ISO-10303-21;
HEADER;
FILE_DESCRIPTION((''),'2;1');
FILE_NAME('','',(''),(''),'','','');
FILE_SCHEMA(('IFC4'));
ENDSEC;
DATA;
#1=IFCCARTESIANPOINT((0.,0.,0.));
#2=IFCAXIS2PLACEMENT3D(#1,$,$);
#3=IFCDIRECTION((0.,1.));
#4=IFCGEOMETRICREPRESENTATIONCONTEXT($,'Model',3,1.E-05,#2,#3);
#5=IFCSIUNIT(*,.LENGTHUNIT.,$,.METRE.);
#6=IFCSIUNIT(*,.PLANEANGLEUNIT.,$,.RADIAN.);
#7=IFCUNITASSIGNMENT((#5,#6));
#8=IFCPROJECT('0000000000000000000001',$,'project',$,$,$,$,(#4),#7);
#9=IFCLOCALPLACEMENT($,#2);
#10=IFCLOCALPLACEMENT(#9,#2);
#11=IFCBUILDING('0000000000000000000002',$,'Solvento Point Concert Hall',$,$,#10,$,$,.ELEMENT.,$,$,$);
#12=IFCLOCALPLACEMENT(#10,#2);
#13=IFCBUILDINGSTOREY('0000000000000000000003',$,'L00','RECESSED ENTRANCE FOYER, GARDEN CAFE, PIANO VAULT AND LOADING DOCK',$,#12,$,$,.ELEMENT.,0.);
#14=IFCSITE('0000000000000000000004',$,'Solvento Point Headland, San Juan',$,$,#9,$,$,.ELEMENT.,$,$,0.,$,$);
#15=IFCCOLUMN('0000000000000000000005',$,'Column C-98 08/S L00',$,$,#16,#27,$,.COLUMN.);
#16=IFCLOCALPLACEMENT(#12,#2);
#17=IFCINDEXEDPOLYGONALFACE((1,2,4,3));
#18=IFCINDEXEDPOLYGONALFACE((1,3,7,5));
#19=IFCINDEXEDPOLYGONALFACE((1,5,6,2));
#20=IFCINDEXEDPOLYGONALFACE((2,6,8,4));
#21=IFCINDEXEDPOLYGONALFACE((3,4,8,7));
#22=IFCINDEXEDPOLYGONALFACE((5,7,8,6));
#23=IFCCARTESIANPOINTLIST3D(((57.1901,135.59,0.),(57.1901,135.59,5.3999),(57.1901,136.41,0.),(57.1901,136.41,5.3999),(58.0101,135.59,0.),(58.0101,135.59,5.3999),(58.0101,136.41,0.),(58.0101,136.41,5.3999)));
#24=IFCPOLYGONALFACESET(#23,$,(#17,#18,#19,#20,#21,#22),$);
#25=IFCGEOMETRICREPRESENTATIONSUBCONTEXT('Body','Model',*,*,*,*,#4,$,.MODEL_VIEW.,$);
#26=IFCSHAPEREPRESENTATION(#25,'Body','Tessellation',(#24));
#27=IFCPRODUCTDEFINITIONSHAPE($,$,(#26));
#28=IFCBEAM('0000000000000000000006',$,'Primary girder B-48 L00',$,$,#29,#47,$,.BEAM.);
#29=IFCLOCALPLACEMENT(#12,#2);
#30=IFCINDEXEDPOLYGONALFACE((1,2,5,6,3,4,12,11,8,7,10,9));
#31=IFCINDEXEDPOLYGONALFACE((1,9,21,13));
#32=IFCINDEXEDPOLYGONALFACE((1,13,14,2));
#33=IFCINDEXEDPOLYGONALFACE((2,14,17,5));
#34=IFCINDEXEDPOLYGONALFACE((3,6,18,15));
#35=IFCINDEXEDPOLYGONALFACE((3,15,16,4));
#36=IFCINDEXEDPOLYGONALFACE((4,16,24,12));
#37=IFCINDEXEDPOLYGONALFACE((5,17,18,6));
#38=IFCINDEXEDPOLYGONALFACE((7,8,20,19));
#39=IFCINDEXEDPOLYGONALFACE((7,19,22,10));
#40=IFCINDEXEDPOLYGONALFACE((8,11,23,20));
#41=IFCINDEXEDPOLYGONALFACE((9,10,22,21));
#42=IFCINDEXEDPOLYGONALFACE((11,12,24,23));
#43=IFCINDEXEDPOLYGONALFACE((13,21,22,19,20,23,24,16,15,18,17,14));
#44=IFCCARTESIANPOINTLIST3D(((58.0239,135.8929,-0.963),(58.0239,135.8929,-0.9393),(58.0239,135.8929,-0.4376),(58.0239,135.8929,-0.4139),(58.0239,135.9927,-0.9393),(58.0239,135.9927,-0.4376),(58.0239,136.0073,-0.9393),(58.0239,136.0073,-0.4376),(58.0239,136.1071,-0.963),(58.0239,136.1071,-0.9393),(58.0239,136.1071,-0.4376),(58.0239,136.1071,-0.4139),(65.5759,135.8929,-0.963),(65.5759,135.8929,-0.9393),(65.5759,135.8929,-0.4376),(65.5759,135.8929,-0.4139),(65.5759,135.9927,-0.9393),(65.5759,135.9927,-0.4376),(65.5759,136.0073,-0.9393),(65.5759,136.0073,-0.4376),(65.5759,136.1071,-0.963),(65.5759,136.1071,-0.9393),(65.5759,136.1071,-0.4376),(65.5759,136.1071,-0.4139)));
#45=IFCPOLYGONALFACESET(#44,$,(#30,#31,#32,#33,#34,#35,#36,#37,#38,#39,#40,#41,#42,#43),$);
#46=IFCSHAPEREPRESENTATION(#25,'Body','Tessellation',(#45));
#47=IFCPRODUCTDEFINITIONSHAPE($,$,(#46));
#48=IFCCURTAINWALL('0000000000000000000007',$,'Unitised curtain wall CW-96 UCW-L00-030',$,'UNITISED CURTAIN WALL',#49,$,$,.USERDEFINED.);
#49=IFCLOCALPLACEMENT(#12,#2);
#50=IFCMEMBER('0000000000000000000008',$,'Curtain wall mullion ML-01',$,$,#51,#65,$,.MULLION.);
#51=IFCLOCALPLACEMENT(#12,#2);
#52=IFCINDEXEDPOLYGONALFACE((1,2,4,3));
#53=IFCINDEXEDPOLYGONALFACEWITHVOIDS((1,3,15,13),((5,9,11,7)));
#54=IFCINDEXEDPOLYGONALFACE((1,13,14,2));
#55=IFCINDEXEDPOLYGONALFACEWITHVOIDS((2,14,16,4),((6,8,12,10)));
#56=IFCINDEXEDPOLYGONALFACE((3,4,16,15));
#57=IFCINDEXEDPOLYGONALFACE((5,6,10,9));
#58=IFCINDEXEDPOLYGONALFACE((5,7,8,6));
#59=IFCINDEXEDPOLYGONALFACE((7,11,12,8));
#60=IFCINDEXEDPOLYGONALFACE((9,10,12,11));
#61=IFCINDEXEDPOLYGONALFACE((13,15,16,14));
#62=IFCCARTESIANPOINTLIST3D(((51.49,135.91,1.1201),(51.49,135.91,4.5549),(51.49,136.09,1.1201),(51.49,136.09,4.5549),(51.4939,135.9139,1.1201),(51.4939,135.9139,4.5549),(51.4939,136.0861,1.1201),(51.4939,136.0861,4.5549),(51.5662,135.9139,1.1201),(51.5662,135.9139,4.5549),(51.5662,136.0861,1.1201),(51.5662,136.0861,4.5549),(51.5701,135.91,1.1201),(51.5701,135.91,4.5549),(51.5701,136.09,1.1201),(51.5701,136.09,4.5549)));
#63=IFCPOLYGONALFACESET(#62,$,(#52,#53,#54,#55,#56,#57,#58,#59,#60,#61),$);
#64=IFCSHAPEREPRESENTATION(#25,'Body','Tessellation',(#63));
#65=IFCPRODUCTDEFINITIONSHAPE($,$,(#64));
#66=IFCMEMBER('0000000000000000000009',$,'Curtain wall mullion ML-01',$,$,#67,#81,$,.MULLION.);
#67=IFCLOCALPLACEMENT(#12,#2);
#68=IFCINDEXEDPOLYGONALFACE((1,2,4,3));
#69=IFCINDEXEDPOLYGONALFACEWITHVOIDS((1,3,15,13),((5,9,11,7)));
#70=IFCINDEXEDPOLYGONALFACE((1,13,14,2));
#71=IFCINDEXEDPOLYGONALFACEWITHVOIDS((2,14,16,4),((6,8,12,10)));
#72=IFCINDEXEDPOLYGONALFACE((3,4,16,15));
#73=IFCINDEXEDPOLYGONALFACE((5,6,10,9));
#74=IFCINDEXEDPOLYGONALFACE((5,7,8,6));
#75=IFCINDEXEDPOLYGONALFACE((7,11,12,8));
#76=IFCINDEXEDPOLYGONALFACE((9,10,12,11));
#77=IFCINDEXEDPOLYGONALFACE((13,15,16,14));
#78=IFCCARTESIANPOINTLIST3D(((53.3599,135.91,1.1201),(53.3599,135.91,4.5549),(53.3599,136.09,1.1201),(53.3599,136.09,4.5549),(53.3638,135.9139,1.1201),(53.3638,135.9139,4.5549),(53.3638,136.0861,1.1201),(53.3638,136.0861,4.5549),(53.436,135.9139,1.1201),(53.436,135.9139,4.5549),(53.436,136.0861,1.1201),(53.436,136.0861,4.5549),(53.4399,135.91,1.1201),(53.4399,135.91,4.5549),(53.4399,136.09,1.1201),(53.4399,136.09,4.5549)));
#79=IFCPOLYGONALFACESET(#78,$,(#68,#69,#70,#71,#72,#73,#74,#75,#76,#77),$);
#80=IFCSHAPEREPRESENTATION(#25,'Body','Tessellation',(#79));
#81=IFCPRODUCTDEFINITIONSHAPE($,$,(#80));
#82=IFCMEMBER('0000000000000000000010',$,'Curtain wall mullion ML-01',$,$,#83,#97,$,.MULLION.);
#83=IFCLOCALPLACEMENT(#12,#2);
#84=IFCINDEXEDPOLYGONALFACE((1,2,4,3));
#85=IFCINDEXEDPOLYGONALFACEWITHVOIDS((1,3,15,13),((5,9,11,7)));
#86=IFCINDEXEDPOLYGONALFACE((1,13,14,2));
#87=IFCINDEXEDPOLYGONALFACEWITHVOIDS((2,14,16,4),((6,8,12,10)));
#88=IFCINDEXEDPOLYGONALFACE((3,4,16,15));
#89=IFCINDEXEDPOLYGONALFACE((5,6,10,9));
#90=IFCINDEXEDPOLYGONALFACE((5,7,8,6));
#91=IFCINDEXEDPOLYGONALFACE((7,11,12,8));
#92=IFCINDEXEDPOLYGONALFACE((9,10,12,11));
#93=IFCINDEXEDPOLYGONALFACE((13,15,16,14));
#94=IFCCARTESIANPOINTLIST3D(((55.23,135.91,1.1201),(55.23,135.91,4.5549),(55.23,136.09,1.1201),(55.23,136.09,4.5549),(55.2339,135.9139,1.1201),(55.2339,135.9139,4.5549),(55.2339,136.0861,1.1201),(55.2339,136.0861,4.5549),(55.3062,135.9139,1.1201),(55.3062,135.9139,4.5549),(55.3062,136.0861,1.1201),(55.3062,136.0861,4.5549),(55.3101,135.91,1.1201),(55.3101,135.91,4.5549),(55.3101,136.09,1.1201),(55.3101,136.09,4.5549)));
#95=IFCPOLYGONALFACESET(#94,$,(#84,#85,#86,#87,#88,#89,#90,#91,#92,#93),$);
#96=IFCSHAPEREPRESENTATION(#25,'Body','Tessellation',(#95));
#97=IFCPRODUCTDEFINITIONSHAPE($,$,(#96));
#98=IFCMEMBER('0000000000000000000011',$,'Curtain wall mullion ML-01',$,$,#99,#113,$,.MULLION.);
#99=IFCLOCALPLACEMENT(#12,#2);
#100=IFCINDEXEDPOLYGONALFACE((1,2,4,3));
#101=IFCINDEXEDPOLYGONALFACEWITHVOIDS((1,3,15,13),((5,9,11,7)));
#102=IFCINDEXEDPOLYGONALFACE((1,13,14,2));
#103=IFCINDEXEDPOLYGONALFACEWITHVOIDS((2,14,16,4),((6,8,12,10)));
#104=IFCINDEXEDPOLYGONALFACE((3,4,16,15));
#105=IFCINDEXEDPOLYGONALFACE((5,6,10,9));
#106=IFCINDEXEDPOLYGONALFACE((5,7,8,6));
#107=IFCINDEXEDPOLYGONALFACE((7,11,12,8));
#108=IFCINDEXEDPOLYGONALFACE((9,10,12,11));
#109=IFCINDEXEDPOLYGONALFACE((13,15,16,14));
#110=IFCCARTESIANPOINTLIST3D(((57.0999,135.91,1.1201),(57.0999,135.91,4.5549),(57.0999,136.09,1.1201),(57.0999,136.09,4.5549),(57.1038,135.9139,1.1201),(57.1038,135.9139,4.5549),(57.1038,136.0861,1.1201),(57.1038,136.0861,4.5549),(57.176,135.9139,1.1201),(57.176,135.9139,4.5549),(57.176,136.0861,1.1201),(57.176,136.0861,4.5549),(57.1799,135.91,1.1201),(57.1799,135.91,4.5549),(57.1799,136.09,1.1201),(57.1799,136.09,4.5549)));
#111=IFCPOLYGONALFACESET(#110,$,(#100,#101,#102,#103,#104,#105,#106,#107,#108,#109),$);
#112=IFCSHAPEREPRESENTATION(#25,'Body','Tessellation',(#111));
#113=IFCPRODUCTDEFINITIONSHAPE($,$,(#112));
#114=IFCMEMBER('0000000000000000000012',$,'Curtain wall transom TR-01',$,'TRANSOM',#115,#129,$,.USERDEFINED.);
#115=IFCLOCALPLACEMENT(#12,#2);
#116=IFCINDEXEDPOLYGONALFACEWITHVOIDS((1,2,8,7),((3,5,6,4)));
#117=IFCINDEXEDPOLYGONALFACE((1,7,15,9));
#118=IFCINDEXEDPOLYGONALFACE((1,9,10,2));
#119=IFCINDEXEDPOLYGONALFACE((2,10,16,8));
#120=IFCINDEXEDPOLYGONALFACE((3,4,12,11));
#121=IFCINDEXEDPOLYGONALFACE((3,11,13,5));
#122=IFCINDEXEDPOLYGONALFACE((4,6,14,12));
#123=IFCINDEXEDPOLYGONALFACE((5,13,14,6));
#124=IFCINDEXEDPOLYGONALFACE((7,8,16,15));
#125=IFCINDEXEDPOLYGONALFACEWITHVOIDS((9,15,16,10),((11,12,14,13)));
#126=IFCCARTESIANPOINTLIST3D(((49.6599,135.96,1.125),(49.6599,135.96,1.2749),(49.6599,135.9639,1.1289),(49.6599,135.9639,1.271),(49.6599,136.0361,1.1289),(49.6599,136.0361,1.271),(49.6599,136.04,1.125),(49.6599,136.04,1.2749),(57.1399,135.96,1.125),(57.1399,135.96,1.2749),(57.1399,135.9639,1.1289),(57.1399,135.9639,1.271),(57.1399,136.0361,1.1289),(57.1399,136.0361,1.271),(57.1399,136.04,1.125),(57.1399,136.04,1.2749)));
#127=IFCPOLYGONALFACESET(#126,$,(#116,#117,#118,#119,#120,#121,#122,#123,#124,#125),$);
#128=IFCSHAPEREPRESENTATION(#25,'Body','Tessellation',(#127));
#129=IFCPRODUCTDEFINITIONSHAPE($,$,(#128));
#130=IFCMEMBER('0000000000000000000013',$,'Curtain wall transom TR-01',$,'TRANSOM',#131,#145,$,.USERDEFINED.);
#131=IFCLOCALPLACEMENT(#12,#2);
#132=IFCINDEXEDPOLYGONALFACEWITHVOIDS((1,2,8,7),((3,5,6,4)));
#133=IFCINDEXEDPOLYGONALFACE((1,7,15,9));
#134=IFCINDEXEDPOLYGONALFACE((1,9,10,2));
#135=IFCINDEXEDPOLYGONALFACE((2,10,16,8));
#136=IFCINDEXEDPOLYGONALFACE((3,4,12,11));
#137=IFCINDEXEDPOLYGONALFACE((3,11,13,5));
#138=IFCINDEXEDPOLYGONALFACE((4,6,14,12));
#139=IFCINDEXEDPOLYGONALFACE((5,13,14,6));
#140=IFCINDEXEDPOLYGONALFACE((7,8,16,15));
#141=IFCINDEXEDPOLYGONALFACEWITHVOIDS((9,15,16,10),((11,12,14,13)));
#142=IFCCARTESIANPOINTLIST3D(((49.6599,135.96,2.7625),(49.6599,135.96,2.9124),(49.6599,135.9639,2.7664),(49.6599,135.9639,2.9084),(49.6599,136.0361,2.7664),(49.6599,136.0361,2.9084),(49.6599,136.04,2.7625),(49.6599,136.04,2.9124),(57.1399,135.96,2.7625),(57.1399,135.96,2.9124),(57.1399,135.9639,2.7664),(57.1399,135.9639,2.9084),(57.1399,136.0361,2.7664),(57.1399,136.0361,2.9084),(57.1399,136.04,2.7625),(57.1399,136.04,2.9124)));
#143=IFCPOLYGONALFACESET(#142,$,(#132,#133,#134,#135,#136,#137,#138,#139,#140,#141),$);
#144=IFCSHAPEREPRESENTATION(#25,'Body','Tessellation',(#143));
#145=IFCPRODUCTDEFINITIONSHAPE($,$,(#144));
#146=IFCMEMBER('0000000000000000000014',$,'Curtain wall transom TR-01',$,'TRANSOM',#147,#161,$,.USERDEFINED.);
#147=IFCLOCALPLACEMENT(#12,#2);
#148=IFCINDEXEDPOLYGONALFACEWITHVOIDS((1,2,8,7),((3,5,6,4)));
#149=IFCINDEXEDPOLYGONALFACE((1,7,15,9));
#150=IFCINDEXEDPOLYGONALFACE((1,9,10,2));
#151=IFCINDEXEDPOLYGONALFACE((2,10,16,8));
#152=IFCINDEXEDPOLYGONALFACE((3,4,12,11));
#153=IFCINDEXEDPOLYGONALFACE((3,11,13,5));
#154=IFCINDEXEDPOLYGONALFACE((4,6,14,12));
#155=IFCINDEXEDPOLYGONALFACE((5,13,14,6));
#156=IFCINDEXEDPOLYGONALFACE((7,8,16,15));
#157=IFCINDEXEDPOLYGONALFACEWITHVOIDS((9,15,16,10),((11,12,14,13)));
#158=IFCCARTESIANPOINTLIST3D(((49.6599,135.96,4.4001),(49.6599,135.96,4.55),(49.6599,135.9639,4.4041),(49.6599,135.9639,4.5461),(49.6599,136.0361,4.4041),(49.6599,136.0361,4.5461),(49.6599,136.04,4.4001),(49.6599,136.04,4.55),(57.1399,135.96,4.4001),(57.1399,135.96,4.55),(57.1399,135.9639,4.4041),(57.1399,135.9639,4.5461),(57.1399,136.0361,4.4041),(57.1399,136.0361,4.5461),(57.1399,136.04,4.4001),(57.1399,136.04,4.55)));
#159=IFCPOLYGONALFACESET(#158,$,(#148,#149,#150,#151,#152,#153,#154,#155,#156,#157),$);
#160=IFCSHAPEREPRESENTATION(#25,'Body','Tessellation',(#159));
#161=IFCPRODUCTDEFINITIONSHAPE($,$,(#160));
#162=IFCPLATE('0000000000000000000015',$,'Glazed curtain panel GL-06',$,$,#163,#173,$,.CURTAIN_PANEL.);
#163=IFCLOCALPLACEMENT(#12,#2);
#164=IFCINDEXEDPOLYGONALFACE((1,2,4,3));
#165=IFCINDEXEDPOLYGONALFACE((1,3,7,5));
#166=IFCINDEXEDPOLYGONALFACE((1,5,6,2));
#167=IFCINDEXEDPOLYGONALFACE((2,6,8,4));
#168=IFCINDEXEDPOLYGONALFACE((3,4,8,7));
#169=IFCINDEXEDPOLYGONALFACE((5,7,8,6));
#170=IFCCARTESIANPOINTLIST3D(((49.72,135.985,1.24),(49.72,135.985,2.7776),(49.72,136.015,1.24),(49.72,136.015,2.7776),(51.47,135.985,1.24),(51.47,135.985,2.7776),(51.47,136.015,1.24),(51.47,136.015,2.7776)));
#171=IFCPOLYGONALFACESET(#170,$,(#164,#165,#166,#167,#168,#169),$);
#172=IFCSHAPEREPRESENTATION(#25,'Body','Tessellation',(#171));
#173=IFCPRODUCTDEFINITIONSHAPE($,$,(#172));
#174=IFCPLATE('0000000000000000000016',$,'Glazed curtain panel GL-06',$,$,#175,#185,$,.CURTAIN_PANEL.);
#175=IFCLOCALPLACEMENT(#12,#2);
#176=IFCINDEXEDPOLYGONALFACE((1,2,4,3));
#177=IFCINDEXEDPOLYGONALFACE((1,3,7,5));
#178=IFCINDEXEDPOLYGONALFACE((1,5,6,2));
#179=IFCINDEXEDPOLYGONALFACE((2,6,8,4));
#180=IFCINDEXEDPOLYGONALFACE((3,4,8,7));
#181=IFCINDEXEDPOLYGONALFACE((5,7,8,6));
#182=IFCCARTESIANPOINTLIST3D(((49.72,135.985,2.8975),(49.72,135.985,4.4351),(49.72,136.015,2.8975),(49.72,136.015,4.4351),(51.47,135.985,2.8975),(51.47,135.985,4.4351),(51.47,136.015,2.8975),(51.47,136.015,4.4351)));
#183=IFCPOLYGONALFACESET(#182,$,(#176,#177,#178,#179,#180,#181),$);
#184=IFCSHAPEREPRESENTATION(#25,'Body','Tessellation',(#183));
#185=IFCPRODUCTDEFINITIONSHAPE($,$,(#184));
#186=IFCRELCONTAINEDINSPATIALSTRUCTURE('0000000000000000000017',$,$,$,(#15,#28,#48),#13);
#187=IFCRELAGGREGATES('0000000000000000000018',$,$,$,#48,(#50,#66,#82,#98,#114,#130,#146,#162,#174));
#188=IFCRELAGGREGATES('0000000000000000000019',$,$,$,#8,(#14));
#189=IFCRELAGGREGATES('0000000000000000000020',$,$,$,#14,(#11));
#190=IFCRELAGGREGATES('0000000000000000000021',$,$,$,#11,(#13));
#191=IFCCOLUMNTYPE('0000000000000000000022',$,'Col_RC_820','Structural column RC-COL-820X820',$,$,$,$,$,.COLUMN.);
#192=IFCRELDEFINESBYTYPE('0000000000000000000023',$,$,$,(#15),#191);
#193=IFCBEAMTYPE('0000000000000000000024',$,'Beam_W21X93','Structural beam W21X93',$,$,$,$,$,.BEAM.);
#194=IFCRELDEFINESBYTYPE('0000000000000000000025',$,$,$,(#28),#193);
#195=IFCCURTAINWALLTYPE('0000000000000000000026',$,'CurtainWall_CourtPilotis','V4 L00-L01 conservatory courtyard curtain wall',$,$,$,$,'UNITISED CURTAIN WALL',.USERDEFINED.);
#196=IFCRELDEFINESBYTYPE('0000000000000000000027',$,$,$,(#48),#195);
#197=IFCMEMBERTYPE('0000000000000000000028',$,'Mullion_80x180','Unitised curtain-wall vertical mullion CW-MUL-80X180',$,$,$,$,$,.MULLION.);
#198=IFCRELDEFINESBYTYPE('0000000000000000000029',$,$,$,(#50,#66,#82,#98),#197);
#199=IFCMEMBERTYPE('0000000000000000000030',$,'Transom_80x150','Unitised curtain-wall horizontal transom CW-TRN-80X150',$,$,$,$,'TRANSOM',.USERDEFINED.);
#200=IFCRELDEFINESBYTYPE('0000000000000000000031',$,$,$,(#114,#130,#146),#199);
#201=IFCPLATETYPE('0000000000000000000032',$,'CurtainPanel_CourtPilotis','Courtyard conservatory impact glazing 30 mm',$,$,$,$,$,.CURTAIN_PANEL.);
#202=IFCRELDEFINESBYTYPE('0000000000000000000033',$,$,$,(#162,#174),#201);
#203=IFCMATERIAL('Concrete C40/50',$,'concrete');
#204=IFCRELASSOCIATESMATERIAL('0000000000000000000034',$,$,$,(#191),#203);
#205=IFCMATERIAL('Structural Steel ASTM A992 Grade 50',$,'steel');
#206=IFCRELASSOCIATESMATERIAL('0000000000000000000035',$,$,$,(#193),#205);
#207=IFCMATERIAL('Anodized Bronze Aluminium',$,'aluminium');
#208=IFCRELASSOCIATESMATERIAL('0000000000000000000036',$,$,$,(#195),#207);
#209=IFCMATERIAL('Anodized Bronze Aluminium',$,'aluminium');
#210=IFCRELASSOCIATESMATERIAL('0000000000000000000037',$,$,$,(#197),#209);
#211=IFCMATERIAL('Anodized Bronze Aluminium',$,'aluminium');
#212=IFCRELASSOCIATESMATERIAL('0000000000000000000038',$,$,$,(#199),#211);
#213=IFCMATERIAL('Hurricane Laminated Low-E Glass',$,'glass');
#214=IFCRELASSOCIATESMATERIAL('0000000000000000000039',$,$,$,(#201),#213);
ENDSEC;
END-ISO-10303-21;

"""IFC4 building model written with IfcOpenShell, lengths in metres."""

from ifc_helpers import new_model, si_unit, direction, frame, origin, origin_2d, place, context, subcontext, project, spatial, rectangle, hollow_rectangle, i_section, extrude, material, material_profile, profile_set, type_object, element, aggregate, save


model = new_model("IFC4")

# Units and contexts
model_context = context("Model", 3, precision=1e-05, world=origin(), true_north=direction((0.0, 1.0)))
body_context = subcontext(model_context, "Body", "Model", "MODEL_VIEW")
ifc_project = project(units=[si_unit("LENGTHUNIT", "METRE"), si_unit("PLANEANGLEUNIT", "RADIAN")], contexts=[model_context])

# Site, building, storey
site_placement = place(None, origin())
site = spatial("IfcSite", under=ifc_project, at=site_placement, Name="Solvento Point Headland, San Juan", CompositionType="ELEMENT", RefElevation=0.0)
building_placement = place(site_placement, origin())
building = spatial("IfcBuilding", under=site, at=building_placement, Name="Solvento Point Concert Hall", CompositionType="ELEMENT")
storey_placement = place(building_placement, origin())
storey = spatial("IfcBuildingStorey", under=building, at=storey_placement, Name="L00", Description="RECESSED ENTRANCE FOYER, GARDEN CAFE, PIANO VAULT AND LOADING DOCK", CompositionType="ELEMENT", Elevation=0.0)

# Column
ifc_material_1 = material(Name="Concrete C40/50", Category="concrete")
ifc_material_profile_1 = material_profile(ifc_material_1, rectangle(XDim=0.8201, YDim=0.8201, at=origin_2d()), Name="RC-COL-820X820")
ifc_profile_set_1 = profile_set([ifc_material_profile_1], Name="Concrete C40/50")
column_type = type_object("IfcColumnType", Name="Col_RC_820", Description="Structural column RC-COL-820X820", PredefinedType="COLUMN", material=ifc_profile_set_1)
column_placement = place(storey_placement, frame((57.6001, 136.0, 0.0), z_axis=(0.0, 0.0, 1.0), x_axis=(1.0, 0.0, 0.0)))
element("IfcColumn", 1, at=column_placement, inside=storey, type_object=column_type, Name="Column C-98 08/S L00", PredefinedType="COLUMN", context=body_context, shape_type="SweptSolid", body=[
    extrude(rectangle(XDim=0.8201, YDim=0.8201, at=origin_2d()), origin(), (0.0, 0.0, 1.0), 5.3999),
])

# Beam
ifc_material_2 = material(Name="Structural Steel ASTM A992 Grade 50", Category="steel")
ifc_material_profile_2 = material_profile(ifc_material_2, i_section(OverallWidth=0.2141, OverallDepth=0.5491, WebThickness=0.0146, FlangeThickness=0.0237, at=origin_2d()), Name="W21X93")
ifc_profile_set_2 = profile_set([ifc_material_profile_2], Name="Structural Steel ASTM A992 Grade 50")
beam_type = type_object("IfcBeamType", Name="Beam_W21X93", Description="Structural beam W21X93", PredefinedType="BEAM", material=ifc_profile_set_2)
beam_placement = place(storey_placement, frame((58.0239, 136.0, -0.6885), z_axis=(1.0, 0.0, 0.0), x_axis=(0.0, 1.0, 0.0)))
element("IfcBeam", 2, at=beam_placement, inside=storey, type_object=beam_type, Name="Primary girder B-48 L00", PredefinedType="BEAM", context=body_context, shape_type="SweptSolid", body=[
    extrude(i_section(OverallWidth=0.2141, OverallDepth=0.5491, WebThickness=0.0146, FlangeThickness=0.0237, at=origin_2d()), origin(), (0.0, 0.0, 1.0), 7.552),
])

# Curtain wall, members, plates
ifc_material_3 = material(Name="Anodized Bronze Aluminium", Category="aluminium")
curtain_wall_type = type_object("IfcCurtainWallType", Name="CurtainWall_CourtPilotis", Description="V4 L00-L01 conservatory courtyard curtain wall", ElementType="UNITISED CURTAIN WALL", PredefinedType="USERDEFINED", material=ifc_material_3)
curtain_wall_placement = place(storey_placement, origin())
curtain_wall = element("IfcCurtainWall", 3, at=curtain_wall_placement, inside=storey, type_object=curtain_wall_type, Name="Unitised curtain wall CW-96 UCW-L00-030", ObjectType="UNITISED CURTAIN WALL", PredefinedType="USERDEFINED")
ifc_material_4 = material(Name="Anodized Bronze Aluminium", Category="aluminium")
ifc_material_profile_3 = material_profile(ifc_material_4, hollow_rectangle(XDim=0.0801, YDim=0.1799, WallThickness=0.0039, at=origin_2d()), Name="CW-MUL-80X180")
ifc_profile_set_3 = profile_set([ifc_material_profile_3], Name="Anodized Bronze Aluminium")
member_type_1 = type_object("IfcMemberType", Name="Mullion_80x180", Description="Unitised curtain-wall vertical mullion CW-MUL-80X180", PredefinedType="MULLION", material=ifc_profile_set_3)
member_1_placement = place(storey_placement, frame((51.53, 136.0, 1.1201), z_axis=(0.0, 0.0, 1.0), x_axis=(1.0, 0.0, 0.0)))
member_1 = element("IfcMember", 4, at=member_1_placement, type_object=member_type_1, Name="Curtain wall mullion ML-01", PredefinedType="MULLION", context=body_context, shape_type="SweptSolid", body=[
    extrude(hollow_rectangle(XDim=0.0801, YDim=0.1799, WallThickness=0.0039, at=origin_2d()), origin(), (0.0, 0.0, 1.0), 3.4348),
])
member_2_placement = place(storey_placement, frame((53.3999, 136.0, 1.1201), z_axis=(0.0, 0.0, 1.0), x_axis=(1.0, 0.0, 0.0)))
member_2 = element("IfcMember", 5, at=member_2_placement, type_object=member_type_1, Name="Curtain wall mullion ML-01", PredefinedType="MULLION", context=body_context, shape_type="SweptSolid", body=[
    extrude(hollow_rectangle(XDim=0.0801, YDim=0.1799, WallThickness=0.0039, at=origin_2d()), origin(), (0.0, 0.0, 1.0), 3.4348),
])
member_3_placement = place(storey_placement, frame((55.27, 136.0, 1.1201), z_axis=(0.0, 0.0, 1.0), x_axis=(1.0, 0.0, 0.0)))
member_3 = element("IfcMember", 6, at=member_3_placement, type_object=member_type_1, Name="Curtain wall mullion ML-01", PredefinedType="MULLION", context=body_context, shape_type="SweptSolid", body=[
    extrude(hollow_rectangle(XDim=0.0801, YDim=0.1799, WallThickness=0.0039, at=origin_2d()), origin(), (0.0, 0.0, 1.0), 3.4348),
])
member_4_placement = place(storey_placement, frame((57.1399, 136.0, 1.1201), z_axis=(0.0, 0.0, 1.0), x_axis=(1.0, 0.0, 0.0)))
member_4 = element("IfcMember", 7, at=member_4_placement, type_object=member_type_1, Name="Curtain wall mullion ML-01", PredefinedType="MULLION", context=body_context, shape_type="SweptSolid", body=[
    extrude(hollow_rectangle(XDim=0.0801, YDim=0.1799, WallThickness=0.0039, at=origin_2d()), origin(), (0.0, 0.0, 1.0), 3.4348),
])
ifc_material_5 = material(Name="Anodized Bronze Aluminium", Category="aluminium")
ifc_material_profile_4 = material_profile(ifc_material_5, hollow_rectangle(XDim=0.0801, YDim=0.1499, WallThickness=0.0039, at=origin_2d()), Name="CW-TRN-80X150")
ifc_profile_set_4 = profile_set([ifc_material_profile_4], Name="Anodized Bronze Aluminium")
member_type_2 = type_object("IfcMemberType", Name="Transom_80x150", Description="Unitised curtain-wall horizontal transom CW-TRN-80X150", ElementType="TRANSOM", PredefinedType="USERDEFINED", material=ifc_profile_set_4)
member_5_placement = place(storey_placement, frame((49.6599, 136.0, 1.2), z_axis=(1.0, 0.0, 0.0), x_axis=(0.0, 1.0, 0.0)))
member_5 = element("IfcMember", 8, at=member_5_placement, type_object=member_type_2, Name="Curtain wall transom TR-01", ObjectType="TRANSOM", PredefinedType="USERDEFINED", context=body_context, shape_type="SweptSolid", body=[
    extrude(hollow_rectangle(XDim=0.0801, YDim=0.1499, WallThickness=0.0039, at=origin_2d()), origin(), (0.0, 0.0, 1.0), 7.48),
])
member_6_placement = place(storey_placement, frame((49.6599, 136.0, 2.8374), z_axis=(1.0, 0.0, 0.0), x_axis=(0.0, 1.0, 0.0)))
member_6 = element("IfcMember", 9, at=member_6_placement, type_object=member_type_2, Name="Curtain wall transom TR-01", ObjectType="TRANSOM", PredefinedType="USERDEFINED", context=body_context, shape_type="SweptSolid", body=[
    extrude(hollow_rectangle(XDim=0.0801, YDim=0.1499, WallThickness=0.0039, at=origin_2d()), origin(), (0.0, 0.0, 1.0), 7.48),
])
member_7_placement = place(storey_placement, frame((49.6599, 136.0, 4.4751), z_axis=(1.0, 0.0, 0.0), x_axis=(0.0, 1.0, 0.0)))
member_7 = element("IfcMember", 10, at=member_7_placement, type_object=member_type_2, Name="Curtain wall transom TR-01", ObjectType="TRANSOM", PredefinedType="USERDEFINED", context=body_context, shape_type="SweptSolid", body=[
    extrude(hollow_rectangle(XDim=0.0801, YDim=0.1499, WallThickness=0.0039, at=origin_2d()), origin(), (0.0, 0.0, 1.0), 7.48),
])
ifc_material_6 = material(Name="Hurricane Laminated Low-E Glass", Category="glass")
plate_type = type_object("IfcPlateType", Name="CurtainPanel_CourtPilotis", Description="Courtyard conservatory impact glazing 30 mm", PredefinedType="CURTAIN_PANEL", material=ifc_material_6)
plate_1_placement = place(storey_placement, frame((50.595, 136.0, 1.24), z_axis=(0.0, 0.0, 1.0), x_axis=(1.0, 0.0, 0.0)))
plate_1 = element("IfcPlate", 11, at=plate_1_placement, type_object=plate_type, Name="Glazed curtain panel GL-06", PredefinedType="CURTAIN_PANEL", context=body_context, shape_type="SweptSolid", body=[
    extrude(rectangle(XDim=1.75, YDim=0.03, at=origin_2d()), origin(), (0.0, 0.0, 1.0), 1.5376),
])
plate_2_placement = place(storey_placement, frame((50.595, 136.0, 2.8975), z_axis=(0.0, 0.0, 1.0), x_axis=(1.0, 0.0, 0.0)))
plate_2 = element("IfcPlate", 12, at=plate_2_placement, type_object=plate_type, Name="Glazed curtain panel GL-06", PredefinedType="CURTAIN_PANEL", context=body_context, shape_type="SweptSolid", body=[
    extrude(rectangle(XDim=1.75, YDim=0.03, at=origin_2d()), origin(), (0.0, 0.0, 1.0), 1.5376),
])
aggregate(curtain_wall, [member_1, member_2, member_3, member_4, member_5, member_6, member_7, plate_1, plate_2])

save(model, "model.ifc")
